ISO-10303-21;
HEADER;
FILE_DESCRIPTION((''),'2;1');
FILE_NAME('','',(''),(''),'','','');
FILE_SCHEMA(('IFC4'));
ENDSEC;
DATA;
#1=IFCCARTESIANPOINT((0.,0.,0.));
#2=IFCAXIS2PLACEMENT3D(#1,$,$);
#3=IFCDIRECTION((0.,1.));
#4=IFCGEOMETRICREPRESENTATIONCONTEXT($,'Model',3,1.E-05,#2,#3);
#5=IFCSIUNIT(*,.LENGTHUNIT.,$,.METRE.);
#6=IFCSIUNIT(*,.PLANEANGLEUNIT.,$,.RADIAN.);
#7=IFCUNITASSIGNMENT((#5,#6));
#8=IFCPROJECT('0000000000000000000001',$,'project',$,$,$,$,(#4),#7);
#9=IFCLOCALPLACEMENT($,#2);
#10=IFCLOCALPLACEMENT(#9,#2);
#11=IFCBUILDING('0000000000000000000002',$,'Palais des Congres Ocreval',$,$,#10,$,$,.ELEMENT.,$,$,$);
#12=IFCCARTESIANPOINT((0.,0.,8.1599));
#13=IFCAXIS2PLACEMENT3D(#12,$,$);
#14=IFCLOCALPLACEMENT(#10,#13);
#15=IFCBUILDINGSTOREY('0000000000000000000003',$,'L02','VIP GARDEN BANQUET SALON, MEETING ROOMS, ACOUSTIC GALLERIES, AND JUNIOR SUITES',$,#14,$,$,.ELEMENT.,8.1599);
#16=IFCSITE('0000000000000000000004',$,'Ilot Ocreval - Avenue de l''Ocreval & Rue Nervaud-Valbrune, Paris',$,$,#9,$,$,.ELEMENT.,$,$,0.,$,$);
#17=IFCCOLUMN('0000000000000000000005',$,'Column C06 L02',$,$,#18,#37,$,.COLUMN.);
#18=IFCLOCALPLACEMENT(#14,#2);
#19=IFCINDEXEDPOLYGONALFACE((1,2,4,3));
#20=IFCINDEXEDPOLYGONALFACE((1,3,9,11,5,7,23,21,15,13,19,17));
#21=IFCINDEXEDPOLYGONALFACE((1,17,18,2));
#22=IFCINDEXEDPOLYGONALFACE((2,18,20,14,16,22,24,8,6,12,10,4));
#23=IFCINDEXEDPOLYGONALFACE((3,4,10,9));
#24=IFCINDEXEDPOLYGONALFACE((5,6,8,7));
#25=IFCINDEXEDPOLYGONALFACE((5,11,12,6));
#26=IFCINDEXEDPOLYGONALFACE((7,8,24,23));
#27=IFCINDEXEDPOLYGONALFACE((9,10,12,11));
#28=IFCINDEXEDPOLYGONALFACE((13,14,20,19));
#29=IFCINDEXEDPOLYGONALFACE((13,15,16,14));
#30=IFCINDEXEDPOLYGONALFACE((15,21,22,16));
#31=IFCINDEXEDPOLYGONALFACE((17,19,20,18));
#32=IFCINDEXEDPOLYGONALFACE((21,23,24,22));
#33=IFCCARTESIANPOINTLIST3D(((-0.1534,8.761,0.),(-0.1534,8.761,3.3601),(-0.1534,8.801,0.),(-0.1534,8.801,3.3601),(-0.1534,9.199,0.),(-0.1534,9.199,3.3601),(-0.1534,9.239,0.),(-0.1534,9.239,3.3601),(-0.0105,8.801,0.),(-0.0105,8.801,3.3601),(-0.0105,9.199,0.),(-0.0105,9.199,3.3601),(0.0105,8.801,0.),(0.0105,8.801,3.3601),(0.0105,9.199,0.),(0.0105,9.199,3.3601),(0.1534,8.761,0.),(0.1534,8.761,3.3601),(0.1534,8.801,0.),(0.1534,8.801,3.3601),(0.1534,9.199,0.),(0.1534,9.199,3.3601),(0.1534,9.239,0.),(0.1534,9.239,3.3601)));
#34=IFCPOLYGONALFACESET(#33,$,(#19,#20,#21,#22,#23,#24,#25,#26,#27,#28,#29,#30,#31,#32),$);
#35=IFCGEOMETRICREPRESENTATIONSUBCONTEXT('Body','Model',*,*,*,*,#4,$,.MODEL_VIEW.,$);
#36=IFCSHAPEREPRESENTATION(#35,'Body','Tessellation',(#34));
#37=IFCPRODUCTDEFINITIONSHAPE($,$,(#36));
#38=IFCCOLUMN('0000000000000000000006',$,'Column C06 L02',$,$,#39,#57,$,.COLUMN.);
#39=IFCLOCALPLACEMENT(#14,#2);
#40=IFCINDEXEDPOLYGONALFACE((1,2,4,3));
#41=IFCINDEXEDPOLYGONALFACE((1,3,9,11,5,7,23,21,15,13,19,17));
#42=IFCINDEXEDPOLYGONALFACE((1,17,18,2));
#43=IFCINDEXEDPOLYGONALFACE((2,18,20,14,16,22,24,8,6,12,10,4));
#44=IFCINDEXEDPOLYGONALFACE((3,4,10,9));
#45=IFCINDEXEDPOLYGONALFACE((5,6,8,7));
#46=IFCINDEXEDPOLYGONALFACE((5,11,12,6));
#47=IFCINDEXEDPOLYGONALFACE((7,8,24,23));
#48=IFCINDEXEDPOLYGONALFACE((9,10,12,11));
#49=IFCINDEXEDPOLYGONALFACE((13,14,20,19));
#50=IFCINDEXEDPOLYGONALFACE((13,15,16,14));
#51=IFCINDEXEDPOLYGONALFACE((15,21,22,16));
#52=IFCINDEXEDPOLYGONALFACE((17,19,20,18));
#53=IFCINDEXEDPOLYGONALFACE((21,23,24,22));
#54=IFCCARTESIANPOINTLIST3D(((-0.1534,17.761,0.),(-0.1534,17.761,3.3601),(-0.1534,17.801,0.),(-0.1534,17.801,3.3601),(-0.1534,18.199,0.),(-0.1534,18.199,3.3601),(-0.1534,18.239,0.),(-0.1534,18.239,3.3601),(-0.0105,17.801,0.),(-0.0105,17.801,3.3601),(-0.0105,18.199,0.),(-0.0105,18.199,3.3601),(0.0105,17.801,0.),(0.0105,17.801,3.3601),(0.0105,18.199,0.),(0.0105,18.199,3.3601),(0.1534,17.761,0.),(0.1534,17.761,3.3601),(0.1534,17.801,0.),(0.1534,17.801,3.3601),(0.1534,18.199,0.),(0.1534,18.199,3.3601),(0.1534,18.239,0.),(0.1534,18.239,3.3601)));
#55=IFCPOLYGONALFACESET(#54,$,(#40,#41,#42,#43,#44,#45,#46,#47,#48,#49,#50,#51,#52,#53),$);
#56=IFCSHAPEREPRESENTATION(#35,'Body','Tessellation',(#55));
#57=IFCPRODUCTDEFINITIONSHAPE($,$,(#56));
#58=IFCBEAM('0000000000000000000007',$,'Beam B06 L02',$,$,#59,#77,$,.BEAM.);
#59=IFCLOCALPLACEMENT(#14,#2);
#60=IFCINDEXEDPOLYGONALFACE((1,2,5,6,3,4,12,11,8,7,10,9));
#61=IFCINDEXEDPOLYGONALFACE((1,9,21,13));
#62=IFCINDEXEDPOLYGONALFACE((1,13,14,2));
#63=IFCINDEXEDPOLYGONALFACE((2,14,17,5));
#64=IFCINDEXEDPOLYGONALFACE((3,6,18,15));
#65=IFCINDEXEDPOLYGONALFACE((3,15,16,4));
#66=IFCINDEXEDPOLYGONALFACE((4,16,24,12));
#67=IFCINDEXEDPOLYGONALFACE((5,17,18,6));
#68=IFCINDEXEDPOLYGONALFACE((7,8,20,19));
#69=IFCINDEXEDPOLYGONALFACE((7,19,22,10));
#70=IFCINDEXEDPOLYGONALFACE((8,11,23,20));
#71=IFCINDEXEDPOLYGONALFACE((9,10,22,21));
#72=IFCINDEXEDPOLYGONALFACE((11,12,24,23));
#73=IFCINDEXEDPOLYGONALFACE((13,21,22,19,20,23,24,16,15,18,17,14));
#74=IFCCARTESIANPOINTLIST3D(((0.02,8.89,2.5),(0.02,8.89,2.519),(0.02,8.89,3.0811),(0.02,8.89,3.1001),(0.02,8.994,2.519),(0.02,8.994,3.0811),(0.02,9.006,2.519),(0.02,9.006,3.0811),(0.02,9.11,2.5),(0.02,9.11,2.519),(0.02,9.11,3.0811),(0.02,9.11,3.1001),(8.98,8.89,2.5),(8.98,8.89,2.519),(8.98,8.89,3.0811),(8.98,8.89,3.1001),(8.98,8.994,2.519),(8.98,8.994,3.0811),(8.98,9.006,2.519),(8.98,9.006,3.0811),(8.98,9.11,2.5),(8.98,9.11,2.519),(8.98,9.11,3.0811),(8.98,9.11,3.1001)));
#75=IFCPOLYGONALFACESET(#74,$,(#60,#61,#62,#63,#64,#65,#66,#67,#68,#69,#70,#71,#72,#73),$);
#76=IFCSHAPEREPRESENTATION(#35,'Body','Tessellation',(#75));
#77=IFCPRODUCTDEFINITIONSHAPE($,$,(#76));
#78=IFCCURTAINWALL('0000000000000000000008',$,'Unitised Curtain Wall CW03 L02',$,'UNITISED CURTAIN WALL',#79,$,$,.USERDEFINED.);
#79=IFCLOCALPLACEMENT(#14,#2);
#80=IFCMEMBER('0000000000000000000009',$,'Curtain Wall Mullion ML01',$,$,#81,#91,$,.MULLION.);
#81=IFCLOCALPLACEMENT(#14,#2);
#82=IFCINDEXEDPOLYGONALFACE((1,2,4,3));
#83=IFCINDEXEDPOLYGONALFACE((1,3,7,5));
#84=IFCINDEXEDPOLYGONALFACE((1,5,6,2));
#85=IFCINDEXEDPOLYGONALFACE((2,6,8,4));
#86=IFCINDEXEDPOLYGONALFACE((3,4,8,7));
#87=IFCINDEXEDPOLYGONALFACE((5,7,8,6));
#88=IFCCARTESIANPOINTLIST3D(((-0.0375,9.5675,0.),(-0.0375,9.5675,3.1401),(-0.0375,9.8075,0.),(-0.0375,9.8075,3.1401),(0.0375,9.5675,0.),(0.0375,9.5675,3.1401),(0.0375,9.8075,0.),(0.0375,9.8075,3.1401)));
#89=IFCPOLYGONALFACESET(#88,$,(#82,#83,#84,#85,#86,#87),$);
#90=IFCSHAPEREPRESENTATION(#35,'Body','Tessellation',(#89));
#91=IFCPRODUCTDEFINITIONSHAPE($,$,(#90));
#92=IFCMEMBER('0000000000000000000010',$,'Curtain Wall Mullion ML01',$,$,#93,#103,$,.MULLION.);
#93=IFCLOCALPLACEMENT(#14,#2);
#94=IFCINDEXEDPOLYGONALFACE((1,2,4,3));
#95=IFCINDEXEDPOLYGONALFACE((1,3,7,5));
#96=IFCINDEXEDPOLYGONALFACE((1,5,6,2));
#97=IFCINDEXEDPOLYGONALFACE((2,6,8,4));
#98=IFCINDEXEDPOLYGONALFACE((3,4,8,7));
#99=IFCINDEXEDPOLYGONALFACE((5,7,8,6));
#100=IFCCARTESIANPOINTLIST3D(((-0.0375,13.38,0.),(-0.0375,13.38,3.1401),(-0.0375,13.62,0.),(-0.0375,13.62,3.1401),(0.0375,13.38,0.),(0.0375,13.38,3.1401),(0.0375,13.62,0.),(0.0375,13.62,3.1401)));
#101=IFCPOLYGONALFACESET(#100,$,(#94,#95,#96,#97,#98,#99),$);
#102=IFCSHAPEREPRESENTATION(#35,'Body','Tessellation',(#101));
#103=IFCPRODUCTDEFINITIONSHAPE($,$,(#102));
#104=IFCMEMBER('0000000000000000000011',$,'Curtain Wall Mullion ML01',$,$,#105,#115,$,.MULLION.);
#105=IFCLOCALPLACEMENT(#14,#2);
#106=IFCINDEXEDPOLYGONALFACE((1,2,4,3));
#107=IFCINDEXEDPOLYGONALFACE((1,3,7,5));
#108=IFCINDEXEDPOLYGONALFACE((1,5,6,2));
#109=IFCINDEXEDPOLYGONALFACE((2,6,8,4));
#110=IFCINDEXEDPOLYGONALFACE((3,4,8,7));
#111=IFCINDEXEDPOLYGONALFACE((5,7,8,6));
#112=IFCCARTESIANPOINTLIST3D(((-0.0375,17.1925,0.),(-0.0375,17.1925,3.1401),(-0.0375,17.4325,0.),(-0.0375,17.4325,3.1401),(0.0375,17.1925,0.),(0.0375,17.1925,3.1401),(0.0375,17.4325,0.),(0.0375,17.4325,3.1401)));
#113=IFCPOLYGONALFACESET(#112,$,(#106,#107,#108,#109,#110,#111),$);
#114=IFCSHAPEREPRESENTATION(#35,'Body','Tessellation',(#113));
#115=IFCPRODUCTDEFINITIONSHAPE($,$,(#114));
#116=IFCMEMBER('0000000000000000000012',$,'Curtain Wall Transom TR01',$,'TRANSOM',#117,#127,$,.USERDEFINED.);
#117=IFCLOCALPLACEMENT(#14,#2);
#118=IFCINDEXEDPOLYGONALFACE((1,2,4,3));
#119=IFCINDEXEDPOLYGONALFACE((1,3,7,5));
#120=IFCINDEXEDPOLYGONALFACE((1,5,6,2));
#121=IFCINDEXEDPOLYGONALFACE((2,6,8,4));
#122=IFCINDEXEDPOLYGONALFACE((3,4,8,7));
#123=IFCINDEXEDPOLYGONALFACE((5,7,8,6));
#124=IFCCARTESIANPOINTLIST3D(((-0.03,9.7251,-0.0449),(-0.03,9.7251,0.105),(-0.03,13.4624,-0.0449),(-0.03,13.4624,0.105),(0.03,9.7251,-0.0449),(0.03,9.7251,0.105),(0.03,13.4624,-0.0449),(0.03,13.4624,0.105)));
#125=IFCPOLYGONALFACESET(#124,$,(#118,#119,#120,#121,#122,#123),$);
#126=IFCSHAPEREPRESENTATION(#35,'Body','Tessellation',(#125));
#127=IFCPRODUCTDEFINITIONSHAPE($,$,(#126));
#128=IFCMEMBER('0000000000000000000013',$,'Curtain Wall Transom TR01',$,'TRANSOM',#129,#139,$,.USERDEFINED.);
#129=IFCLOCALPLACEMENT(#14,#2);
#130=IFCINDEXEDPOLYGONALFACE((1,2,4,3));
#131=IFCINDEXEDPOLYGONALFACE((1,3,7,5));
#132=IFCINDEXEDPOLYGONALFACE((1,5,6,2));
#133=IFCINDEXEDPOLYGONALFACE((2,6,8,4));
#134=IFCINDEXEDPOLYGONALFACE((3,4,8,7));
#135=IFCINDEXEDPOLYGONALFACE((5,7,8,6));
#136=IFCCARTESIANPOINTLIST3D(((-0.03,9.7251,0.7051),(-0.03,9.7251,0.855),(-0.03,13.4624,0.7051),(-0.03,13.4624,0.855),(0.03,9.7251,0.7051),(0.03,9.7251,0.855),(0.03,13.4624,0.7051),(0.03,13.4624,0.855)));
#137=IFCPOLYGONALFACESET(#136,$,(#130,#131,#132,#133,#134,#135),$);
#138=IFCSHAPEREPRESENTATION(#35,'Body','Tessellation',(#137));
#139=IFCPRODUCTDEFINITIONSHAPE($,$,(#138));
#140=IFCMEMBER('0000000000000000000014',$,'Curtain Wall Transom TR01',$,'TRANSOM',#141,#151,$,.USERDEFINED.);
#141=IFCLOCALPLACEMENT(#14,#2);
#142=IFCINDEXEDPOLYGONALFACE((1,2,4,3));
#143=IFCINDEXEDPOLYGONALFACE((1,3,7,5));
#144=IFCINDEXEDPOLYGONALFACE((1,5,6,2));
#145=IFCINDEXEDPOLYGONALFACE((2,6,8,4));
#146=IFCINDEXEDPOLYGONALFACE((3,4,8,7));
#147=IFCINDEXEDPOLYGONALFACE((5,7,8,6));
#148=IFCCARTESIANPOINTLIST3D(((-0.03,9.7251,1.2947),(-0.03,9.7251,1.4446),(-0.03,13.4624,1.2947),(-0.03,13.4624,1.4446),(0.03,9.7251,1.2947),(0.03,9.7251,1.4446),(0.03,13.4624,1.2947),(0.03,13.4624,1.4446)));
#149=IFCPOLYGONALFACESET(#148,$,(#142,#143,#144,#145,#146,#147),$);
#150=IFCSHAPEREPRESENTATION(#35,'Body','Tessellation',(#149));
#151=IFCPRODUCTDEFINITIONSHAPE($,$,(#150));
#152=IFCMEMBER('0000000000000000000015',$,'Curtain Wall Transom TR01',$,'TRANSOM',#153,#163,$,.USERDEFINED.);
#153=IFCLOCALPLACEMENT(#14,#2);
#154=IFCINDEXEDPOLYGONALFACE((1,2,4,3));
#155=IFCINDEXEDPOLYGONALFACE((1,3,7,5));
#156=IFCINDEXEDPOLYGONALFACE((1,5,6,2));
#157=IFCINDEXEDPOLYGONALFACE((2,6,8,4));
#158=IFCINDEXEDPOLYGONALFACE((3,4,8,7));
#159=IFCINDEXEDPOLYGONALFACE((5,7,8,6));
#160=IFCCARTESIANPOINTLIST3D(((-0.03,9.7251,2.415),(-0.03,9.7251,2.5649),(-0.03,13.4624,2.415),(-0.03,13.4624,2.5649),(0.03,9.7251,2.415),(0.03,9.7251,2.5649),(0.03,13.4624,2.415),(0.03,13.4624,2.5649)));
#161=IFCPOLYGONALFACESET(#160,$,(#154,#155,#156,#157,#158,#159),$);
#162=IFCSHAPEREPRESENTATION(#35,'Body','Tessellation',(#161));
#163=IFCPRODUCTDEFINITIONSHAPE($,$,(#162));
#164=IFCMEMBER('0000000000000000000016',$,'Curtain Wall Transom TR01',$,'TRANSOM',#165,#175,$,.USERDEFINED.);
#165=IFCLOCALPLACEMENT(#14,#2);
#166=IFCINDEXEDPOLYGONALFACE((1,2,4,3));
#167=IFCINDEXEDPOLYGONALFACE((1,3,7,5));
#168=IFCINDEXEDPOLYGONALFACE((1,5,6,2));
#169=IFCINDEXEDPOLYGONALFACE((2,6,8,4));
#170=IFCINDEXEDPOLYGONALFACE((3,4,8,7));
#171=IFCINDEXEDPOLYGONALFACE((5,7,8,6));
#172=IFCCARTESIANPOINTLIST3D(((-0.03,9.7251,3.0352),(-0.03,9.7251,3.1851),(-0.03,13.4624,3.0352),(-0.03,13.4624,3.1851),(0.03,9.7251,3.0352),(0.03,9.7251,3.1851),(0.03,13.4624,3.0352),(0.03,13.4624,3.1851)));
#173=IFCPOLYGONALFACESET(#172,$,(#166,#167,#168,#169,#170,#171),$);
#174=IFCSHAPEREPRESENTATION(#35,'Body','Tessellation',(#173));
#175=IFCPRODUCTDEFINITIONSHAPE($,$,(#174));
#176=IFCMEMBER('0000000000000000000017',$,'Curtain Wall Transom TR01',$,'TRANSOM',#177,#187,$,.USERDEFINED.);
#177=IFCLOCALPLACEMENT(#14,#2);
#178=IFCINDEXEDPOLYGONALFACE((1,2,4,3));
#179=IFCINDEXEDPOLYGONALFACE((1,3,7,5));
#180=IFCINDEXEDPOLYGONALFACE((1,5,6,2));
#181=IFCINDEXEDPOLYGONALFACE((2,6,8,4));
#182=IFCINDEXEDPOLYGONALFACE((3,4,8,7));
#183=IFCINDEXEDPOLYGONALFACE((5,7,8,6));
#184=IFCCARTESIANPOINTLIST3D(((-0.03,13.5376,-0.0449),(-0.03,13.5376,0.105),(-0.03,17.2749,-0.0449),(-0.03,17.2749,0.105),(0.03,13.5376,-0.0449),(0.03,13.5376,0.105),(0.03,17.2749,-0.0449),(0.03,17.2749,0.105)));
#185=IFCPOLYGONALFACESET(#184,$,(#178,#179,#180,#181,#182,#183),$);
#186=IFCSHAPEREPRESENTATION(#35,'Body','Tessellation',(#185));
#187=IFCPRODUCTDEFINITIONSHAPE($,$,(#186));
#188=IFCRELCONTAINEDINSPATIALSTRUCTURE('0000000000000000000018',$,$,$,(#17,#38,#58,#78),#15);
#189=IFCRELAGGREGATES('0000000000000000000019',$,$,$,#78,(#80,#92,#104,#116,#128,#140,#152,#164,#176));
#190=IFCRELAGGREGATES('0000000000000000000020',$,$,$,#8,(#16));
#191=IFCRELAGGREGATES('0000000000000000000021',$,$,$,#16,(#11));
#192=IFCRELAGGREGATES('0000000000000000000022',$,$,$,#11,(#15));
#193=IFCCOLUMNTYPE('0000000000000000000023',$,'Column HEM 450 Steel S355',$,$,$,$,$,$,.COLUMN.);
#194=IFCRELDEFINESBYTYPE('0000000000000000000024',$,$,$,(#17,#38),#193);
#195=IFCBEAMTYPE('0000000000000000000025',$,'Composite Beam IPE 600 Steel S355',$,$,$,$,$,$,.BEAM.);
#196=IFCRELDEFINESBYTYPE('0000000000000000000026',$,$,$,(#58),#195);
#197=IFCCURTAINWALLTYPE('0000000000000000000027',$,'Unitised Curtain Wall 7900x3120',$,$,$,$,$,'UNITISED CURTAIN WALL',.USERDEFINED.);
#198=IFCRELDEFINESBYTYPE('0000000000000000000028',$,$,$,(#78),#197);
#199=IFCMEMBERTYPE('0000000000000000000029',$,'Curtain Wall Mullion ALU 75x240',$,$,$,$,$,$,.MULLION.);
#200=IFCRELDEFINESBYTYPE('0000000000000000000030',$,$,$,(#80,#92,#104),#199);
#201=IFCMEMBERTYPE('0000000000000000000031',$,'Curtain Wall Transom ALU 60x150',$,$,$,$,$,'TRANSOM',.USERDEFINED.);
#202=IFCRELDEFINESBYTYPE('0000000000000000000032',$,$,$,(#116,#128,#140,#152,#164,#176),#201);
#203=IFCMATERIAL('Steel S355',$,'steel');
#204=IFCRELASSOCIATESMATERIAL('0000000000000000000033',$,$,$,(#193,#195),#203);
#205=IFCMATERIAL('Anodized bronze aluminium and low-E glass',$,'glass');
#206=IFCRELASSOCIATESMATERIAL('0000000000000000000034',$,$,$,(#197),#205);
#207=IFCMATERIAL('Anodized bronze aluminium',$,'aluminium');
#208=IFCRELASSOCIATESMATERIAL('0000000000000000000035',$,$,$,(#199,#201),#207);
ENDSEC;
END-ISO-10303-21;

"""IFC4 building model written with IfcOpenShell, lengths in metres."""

from ifc_helpers import new_model, si_unit, direction, frame, origin, origin_2d, place, context, subcontext, project, spatial, rectangle, i_section, extrude, material, material_profile, profile_set, type_object, element, aggregate, save


model = new_model("IFC4")

# Units and contexts
model_context = context("Model", 3, precision=1e-05, world=origin(), true_north=direction((0.0, 1.0)))
body_context = subcontext(model_context, "Body", "Model", "MODEL_VIEW")
ifc_project = project(units=[si_unit("LENGTHUNIT", "METRE"), si_unit("PLANEANGLEUNIT", "RADIAN")], contexts=[model_context])

# Site, building, storey
site_placement = place(None, origin())
site = spatial("IfcSite", under=ifc_project, at=site_placement, Name="Ilot Ocreval - Avenue de l'Ocreval & Rue Nervaud-Valbrune, Paris", CompositionType="ELEMENT", RefElevation=0.0)
building_placement = place(site_placement, origin())
building = spatial("IfcBuilding", under=site, at=building_placement, Name="Palais des Congres Ocreval", CompositionType="ELEMENT")
storey_placement = place(building_placement, frame((0.0, 0.0, 8.1599)))
storey = spatial("IfcBuildingStorey", under=building, at=storey_placement, Name="L02", Description="VIP GARDEN BANQUET SALON, MEETING ROOMS, ACOUSTIC GALLERIES, AND JUNIOR SUITES", CompositionType="ELEMENT", Elevation=8.1599)

# Columns
ifc_material_1 = material(Name="Steel S355", Category="steel")
ifc_material_profile_1 = material_profile(ifc_material_1, i_section(OverallWidth=0.3069, OverallDepth=0.478, WebThickness=0.021, FlangeThickness=0.04, at=origin_2d()), Name="HEM 450")
ifc_profile_set_1 = profile_set([ifc_material_profile_1], Name="Steel S355")
column_type = type_object("IfcColumnType", Name="Column HEM 450 Steel S355", PredefinedType="COLUMN", material=ifc_profile_set_1)
for number, where, z_axis, x_axis, name in (
    (1, (0.0, 9.0, 0.0), (0.0, 0.0, 1.0), (1.0, 0.0, 0.0), "Column C06 L02"),
    (2, (0.0, 18.0, 0.0), (0.0, 0.0, 1.0), (1.0, 0.0, 0.0), "Column C06 L02"),
):
    element("IfcColumn", number, at=place(storey_placement, frame(where, z_axis=z_axis, x_axis=x_axis)), inside=storey, type_object=column_type, Name=name, PredefinedType="COLUMN", context=body_context, shape_type="SweptSolid", body=[
        extrude(i_section(OverallWidth=0.3069, OverallDepth=0.478, WebThickness=0.021, FlangeThickness=0.04, at=origin_2d()), origin(), (0.0, 0.0, 1.0), 3.3601),
    ])

# Beam
ifc_material_profile_2 = material_profile(ifc_material_1, i_section(OverallWidth=0.22, OverallDepth=0.6001, WebThickness=0.012, FlangeThickness=0.019, at=origin_2d()), Name="IPE 600")
ifc_profile_set_2 = profile_set([ifc_material_profile_2], Name="Steel S355")
beam_type_1 = type_object("IfcBeamType", Name="Composite Beam IPE 600 Steel S355", PredefinedType="BEAM", material=ifc_profile_set_2)
beam_1_placement = place(storey_placement, frame((0.02, 9.0, 2.8), z_axis=(1.0, 0.0, 0.0), x_axis=(0.0, 1.0, 0.0)))
element("IfcBeam", 3, at=beam_1_placement, inside=storey, type_object=beam_type_1, Name="Beam B06 L02", PredefinedType="BEAM", context=body_context, shape_type="SweptSolid", body=[
    extrude(i_section(OverallWidth=0.22, OverallDepth=0.6001, WebThickness=0.012, FlangeThickness=0.019, at=origin_2d()), origin(), (0.0, 0.0, 1.0), 8.96),
])

# Curtain wall, members
ifc_material_2 = material(Name="Anodized bronze aluminium and low-E glass", Category="glass")
curtain_wall_type = type_object("IfcCurtainWallType", Name="Unitised Curtain Wall 7900x3120", ElementType="UNITISED CURTAIN WALL", PredefinedType="USERDEFINED", material=ifc_material_2)
curtain_wall_placement = place(storey_placement, origin())
curtain_wall = element("IfcCurtainWall", 4, at=curtain_wall_placement, inside=storey, type_object=curtain_wall_type, Name="Unitised Curtain Wall CW03 L02", ObjectType="UNITISED CURTAIN WALL", PredefinedType="USERDEFINED")
ifc_material_3 = material(Name="Anodized bronze aluminium", Category="aluminium")
ifc_material_profile_3 = material_profile(ifc_material_3, rectangle(XDim=0.075, YDim=0.24, at=origin_2d()), Name="ALU 75x240")
ifc_profile_set_3 = profile_set([ifc_material_profile_3], Name="Anodized bronze aluminium")
member_type_1 = type_object("IfcMemberType", Name="Curtain Wall Mullion ALU 75x240", PredefinedType="MULLION", material=ifc_profile_set_3)
member_1_placement = place(storey_placement, frame((0.0, 9.6875, 0.0), z_axis=(0.0, 0.0, 1.0), x_axis=(-1.0, 0.0, 0.0)))
member_1 = element("IfcMember", 5, at=member_1_placement, type_object=member_type_1, Name="Curtain Wall Mullion ML01", PredefinedType="MULLION", context=body_context, shape_type="SweptSolid", body=[
    extrude(rectangle(XDim=0.075, YDim=0.24, at=origin_2d()), origin(), (0.0, 0.0, 1.0), 3.1401),
])
member_2_placement = place(storey_placement, frame((0.0, 13.5, 0.0), z_axis=(0.0, 0.0, 1.0), x_axis=(-1.0, 0.0, 0.0)))
member_2 = element("IfcMember", 6, at=member_2_placement, type_object=member_type_1, Name="Curtain Wall Mullion ML01", PredefinedType="MULLION", context=body_context, shape_type="SweptSolid", body=[
    extrude(rectangle(XDim=0.075, YDim=0.24, at=origin_2d()), origin(), (0.0, 0.0, 1.0), 3.1401),
])
member_3_placement = place(storey_placement, frame((0.0, 17.3125, 0.0), z_axis=(0.0, 0.0, 1.0), x_axis=(-1.0, 0.0, 0.0)))
member_3 = element("IfcMember", 7, at=member_3_placement, type_object=member_type_1, Name="Curtain Wall Mullion ML01", PredefinedType="MULLION", context=body_context, shape_type="SweptSolid", body=[
    extrude(rectangle(XDim=0.075, YDim=0.24, at=origin_2d()), origin(), (0.0, 0.0, 1.0), 3.1401),
])
ifc_material_profile_4 = material_profile(ifc_material_3, rectangle(XDim=0.0601, YDim=0.1499, at=origin_2d()), Name="ALU 60x150")
ifc_profile_set_4 = profile_set([ifc_material_profile_4], Name="Anodized bronze aluminium")
member_type_2 = type_object("IfcMemberType", Name="Curtain Wall Transom ALU 60x150", ElementType="TRANSOM", PredefinedType="USERDEFINED", material=ifc_profile_set_4)
member_4_placement = place(storey_placement, frame((0.0, 9.7251, 0.03), z_axis=(0.0, 1.0, 0.0), x_axis=(-1.0, 0.0, 0.0)))
member_4 = element("IfcMember", 8, at=member_4_placement, type_object=member_type_2, Name="Curtain Wall Transom TR01", ObjectType="TRANSOM", PredefinedType="USERDEFINED", context=body_context, shape_type="SweptSolid", body=[
    extrude(rectangle(XDim=0.0601, YDim=0.1499, at=origin_2d()), origin(), (0.0, 0.0, 1.0), 3.7373),
])
member_5_placement = place(storey_placement, frame((0.0, 9.7251, 0.78), z_axis=(0.0, 1.0, 0.0), x_axis=(-1.0, 0.0, 0.0)))
member_5 = element("IfcMember", 9, at=member_5_placement, type_object=member_type_2, Name="Curtain Wall Transom TR01", ObjectType="TRANSOM", PredefinedType="USERDEFINED", context=body_context, shape_type="SweptSolid", body=[
    extrude(rectangle(XDim=0.0601, YDim=0.1499, at=origin_2d()), origin(), (0.0, 0.0, 1.0), 3.7373),
])
member_6_placement = place(storey_placement, frame((0.0, 9.7251, 1.3696), z_axis=(0.0, 1.0, 0.0), x_axis=(-1.0, 0.0, 0.0)))
member_6 = element("IfcMember", 10, at=member_6_placement, type_object=member_type_2, Name="Curtain Wall Transom TR01", ObjectType="TRANSOM", PredefinedType="USERDEFINED", context=body_context, shape_type="SweptSolid", body=[
    extrude(rectangle(XDim=0.0601, YDim=0.1499, at=origin_2d()), origin(), (0.0, 0.0, 1.0), 3.7373),
])
member_7_placement = place(storey_placement, frame((0.0, 9.7251, 2.49), z_axis=(0.0, 1.0, 0.0), x_axis=(-1.0, 0.0, 0.0)))
member_7 = element("IfcMember", 11, at=member_7_placement, type_object=member_type_2, Name="Curtain Wall Transom TR01", ObjectType="TRANSOM", PredefinedType="USERDEFINED", context=body_context, shape_type="SweptSolid", body=[
    extrude(rectangle(XDim=0.0601, YDim=0.1499, at=origin_2d()), origin(), (0.0, 0.0, 1.0), 3.7373),
])
member_8_placement = place(storey_placement, frame((0.0, 9.7251, 3.1101), z_axis=(0.0, 1.0, 0.0), x_axis=(-1.0, 0.0, 0.0)))
member_8 = element("IfcMember", 12, at=member_8_placement, type_object=member_type_2, Name="Curtain Wall Transom TR01", ObjectType="TRANSOM", PredefinedType="USERDEFINED", context=body_context, shape_type="SweptSolid", body=[
    extrude(rectangle(XDim=0.0601, YDim=0.1499, at=origin_2d()), origin(), (0.0, 0.0, 1.0), 3.7373),
])
member_9_placement = place(storey_placement, frame((0.0, 13.5376, 0.03), z_axis=(0.0, 1.0, 0.0), x_axis=(-1.0, 0.0, 0.0)))
member_9 = element("IfcMember", 13, at=member_9_placement, type_object=member_type_2, Name="Curtain Wall Transom TR01", ObjectType="TRANSOM", PredefinedType="USERDEFINED", context=body_context, shape_type="SweptSolid", body=[
    extrude(rectangle(XDim=0.0601, YDim=0.1499, at=origin_2d()), origin(), (0.0, 0.0, 1.0), 3.7373),
])

aggregate(curtain_wall, [member_1, member_2, member_3, member_4, member_5, member_6, member_7, member_8, member_9])

save(model, "model.ifc")
